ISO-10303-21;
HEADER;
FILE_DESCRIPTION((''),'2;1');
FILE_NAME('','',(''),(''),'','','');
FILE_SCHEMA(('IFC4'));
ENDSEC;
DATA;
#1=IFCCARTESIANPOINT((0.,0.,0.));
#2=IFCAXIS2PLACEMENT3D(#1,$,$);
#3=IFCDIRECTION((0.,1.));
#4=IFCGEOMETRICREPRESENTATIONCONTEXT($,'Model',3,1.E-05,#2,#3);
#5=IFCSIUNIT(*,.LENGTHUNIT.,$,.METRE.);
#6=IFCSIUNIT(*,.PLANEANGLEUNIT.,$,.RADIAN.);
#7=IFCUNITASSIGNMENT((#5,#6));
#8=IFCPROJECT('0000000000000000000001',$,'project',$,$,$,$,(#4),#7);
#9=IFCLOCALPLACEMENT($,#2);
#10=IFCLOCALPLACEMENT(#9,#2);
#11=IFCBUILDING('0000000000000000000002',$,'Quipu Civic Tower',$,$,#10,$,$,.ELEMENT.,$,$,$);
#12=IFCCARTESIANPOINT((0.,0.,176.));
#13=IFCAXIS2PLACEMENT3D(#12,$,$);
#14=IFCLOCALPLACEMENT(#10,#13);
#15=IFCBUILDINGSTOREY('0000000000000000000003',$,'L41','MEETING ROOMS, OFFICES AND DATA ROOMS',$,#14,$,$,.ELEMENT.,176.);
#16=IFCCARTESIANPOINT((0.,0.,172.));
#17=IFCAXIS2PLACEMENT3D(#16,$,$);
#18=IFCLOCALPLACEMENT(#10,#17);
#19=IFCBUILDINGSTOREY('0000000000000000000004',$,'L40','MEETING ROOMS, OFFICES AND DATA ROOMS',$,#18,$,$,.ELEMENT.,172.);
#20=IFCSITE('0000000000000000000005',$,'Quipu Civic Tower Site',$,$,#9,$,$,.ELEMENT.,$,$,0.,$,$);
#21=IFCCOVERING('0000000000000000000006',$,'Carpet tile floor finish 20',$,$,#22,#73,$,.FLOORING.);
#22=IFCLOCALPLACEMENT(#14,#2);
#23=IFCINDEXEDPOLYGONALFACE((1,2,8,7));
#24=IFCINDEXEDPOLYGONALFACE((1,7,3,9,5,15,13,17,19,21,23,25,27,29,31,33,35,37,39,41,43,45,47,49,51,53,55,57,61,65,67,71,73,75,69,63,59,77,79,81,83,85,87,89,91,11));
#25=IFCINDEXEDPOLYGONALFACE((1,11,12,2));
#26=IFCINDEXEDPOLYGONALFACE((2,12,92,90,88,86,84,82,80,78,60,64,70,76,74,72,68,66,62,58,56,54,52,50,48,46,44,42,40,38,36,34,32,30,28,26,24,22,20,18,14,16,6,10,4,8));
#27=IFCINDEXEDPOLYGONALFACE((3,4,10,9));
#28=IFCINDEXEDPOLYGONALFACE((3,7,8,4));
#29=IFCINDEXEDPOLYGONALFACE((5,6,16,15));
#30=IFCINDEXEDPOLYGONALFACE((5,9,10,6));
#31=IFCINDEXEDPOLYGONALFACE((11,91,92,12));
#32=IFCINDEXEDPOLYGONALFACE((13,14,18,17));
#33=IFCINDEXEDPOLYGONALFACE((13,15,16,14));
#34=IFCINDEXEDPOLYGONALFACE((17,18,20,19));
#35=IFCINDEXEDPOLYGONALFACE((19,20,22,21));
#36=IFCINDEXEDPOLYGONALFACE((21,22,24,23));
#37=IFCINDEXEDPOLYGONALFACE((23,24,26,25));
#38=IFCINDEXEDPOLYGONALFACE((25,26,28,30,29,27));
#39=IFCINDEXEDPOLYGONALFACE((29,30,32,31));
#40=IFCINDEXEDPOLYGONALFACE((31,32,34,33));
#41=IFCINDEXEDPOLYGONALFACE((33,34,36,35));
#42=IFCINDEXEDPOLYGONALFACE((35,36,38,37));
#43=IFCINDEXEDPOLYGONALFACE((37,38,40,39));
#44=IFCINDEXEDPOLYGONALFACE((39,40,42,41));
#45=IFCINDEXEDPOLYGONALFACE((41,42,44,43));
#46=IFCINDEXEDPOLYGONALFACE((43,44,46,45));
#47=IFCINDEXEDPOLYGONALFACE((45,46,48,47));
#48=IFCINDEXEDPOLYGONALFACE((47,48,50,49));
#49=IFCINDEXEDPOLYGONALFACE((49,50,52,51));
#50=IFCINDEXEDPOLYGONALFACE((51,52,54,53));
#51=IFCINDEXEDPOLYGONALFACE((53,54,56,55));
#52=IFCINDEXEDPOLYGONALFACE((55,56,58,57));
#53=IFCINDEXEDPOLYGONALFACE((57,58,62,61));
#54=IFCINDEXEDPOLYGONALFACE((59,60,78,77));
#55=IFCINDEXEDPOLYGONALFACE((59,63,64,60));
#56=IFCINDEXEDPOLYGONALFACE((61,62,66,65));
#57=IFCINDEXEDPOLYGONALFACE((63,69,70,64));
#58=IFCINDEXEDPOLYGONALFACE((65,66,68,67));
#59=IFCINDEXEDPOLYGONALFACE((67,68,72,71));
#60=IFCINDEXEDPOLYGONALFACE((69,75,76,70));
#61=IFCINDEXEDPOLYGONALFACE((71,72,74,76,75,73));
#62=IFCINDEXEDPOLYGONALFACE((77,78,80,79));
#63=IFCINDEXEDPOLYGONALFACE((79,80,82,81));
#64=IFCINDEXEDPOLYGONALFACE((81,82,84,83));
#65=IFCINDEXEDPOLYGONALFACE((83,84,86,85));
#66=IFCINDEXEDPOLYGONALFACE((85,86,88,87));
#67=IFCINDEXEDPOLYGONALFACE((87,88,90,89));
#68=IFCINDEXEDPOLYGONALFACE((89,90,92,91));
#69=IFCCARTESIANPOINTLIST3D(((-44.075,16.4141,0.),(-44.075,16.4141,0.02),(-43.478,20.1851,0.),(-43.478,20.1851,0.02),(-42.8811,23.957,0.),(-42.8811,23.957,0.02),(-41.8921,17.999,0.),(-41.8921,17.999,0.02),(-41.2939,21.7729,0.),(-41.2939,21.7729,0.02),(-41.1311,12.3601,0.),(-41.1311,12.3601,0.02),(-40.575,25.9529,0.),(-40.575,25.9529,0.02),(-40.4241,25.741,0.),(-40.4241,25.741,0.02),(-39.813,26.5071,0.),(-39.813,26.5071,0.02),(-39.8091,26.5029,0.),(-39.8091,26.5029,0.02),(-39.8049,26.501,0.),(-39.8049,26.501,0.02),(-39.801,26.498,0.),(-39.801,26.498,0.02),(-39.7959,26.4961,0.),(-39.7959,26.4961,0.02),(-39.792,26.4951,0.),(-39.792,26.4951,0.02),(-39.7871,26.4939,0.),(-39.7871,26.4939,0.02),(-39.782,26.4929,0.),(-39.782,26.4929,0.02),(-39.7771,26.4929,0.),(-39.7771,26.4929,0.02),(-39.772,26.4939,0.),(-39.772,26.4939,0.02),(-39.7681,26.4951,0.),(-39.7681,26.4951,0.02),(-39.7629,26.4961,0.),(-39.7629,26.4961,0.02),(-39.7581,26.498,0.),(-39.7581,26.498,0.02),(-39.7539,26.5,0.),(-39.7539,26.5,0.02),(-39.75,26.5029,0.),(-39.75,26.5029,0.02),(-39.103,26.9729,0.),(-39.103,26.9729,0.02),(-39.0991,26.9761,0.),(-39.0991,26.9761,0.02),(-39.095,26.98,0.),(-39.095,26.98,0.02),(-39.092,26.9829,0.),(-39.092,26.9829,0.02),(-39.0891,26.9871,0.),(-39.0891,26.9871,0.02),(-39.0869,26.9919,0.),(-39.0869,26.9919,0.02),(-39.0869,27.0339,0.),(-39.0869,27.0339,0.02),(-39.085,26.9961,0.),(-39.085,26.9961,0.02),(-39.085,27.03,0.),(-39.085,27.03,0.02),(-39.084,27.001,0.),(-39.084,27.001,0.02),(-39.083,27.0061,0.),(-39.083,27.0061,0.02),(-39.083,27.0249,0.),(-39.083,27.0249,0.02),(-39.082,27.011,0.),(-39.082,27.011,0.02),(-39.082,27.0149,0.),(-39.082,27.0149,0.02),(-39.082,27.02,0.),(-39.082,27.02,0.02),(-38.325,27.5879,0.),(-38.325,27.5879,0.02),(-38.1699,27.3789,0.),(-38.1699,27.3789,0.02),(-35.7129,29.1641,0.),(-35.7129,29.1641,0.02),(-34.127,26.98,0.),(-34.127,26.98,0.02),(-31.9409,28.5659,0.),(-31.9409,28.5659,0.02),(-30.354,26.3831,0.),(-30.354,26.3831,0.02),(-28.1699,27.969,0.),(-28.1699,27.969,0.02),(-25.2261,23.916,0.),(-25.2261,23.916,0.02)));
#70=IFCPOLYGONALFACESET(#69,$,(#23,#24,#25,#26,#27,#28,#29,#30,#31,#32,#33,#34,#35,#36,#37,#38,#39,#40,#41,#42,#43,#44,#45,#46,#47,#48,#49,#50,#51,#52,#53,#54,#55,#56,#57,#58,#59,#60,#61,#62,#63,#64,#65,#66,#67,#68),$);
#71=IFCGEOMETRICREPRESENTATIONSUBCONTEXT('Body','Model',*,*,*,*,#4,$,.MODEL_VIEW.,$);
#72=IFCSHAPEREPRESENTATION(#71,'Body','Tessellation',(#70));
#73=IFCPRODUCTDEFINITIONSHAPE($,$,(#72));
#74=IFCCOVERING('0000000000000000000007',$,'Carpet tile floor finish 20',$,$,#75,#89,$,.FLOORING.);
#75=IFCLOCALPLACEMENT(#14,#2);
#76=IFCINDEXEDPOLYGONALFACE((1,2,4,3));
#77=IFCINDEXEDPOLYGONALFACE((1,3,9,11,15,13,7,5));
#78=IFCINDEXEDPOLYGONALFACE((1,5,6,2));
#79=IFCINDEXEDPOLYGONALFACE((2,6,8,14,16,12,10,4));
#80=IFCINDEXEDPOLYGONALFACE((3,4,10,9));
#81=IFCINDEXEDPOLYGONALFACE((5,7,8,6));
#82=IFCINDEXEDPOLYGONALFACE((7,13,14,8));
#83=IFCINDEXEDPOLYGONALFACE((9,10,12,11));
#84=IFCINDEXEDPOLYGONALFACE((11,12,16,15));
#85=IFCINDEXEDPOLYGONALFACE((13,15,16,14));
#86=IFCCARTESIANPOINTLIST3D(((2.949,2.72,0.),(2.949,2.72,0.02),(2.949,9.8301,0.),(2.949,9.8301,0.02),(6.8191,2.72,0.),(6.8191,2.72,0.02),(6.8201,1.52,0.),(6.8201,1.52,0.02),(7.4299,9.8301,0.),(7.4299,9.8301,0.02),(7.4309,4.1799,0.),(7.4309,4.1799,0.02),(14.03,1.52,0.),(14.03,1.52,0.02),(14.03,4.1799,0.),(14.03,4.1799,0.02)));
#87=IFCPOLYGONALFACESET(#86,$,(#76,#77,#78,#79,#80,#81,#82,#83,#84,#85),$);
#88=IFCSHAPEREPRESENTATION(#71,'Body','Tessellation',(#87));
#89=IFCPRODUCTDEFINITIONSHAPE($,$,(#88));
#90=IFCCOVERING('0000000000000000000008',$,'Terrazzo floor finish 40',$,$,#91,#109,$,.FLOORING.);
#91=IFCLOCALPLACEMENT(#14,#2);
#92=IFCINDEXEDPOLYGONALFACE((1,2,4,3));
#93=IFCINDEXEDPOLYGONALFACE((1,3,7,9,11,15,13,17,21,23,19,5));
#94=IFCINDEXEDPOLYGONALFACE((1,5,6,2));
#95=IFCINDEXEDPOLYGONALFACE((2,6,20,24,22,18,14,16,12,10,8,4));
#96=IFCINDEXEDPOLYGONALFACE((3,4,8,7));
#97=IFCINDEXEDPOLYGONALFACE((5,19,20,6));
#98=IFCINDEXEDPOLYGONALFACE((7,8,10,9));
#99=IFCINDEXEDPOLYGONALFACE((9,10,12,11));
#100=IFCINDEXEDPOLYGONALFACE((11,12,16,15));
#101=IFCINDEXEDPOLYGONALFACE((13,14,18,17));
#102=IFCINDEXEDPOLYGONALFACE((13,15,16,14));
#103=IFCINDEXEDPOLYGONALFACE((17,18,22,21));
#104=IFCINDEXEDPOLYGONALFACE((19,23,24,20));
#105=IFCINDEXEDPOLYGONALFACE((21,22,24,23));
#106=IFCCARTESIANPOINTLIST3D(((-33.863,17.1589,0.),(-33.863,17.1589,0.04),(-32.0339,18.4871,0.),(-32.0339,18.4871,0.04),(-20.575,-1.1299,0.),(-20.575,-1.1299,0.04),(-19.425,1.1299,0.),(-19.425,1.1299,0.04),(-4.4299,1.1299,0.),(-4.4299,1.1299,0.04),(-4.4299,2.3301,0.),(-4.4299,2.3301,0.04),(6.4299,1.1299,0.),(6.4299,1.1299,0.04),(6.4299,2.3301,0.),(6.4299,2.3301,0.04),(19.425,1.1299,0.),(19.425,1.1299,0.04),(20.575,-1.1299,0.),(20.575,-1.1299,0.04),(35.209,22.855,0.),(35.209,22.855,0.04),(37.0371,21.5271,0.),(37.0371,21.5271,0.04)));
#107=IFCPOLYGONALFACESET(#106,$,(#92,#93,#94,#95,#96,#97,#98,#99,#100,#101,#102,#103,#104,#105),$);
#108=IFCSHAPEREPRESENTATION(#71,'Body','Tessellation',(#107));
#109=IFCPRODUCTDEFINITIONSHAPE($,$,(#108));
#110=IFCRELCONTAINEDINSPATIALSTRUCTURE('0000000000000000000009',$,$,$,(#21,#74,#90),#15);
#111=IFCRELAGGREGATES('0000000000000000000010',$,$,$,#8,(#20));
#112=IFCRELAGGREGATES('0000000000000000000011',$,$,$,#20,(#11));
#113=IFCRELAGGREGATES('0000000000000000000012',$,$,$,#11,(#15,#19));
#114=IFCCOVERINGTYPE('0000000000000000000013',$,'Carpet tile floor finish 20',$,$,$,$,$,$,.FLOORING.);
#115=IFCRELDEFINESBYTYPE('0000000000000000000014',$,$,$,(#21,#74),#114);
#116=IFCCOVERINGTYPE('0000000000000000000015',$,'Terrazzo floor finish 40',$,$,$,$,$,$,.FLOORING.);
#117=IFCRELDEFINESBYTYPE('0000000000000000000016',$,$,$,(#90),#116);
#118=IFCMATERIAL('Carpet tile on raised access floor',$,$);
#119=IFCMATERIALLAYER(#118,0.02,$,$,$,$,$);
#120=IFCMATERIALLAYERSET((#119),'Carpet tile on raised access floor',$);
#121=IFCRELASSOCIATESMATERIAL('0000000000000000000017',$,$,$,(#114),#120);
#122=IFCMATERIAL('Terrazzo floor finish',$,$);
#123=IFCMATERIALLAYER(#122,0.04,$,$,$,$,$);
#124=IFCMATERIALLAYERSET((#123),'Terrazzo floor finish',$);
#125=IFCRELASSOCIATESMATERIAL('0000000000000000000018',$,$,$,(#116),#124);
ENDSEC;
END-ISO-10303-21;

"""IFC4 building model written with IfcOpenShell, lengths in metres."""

from ifc_helpers import new_model, si_unit, direction, frame, origin, place, context, subcontext, project, spatial, polyline, outline, extrude, material, layer, layer_set, type_object, element, save


model = new_model("IFC4")

# Units and contexts
model_context = context("Model", 3, precision=1e-05, world=origin(), true_north=direction((0.0, 1.0)))
body_context = subcontext(model_context, "Body", "Model", "MODEL_VIEW")
ifc_project = project(units=[si_unit("LENGTHUNIT", "METRE"), si_unit("PLANEANGLEUNIT", "RADIAN")], contexts=[model_context])

# Site, building, storey
site_placement = place(None, origin())
site = spatial("IfcSite", under=ifc_project, at=site_placement, Name="Quipu Civic Tower Site", CompositionType="ELEMENT", RefElevation=0.0)
building_placement = place(site_placement, origin())
building = spatial("IfcBuilding", under=site, at=building_placement, Name="Quipu Civic Tower", CompositionType="ELEMENT")
storey_1_placement = place(building_placement, frame((0.0, 0.0, 176.0)))
storey_1 = spatial("IfcBuildingStorey", under=building, at=storey_1_placement, Name="L41", Description="MEETING ROOMS, OFFICES AND DATA ROOMS", CompositionType="ELEMENT", Elevation=176.0)

# Shared definitions
storey_2_placement = place(building_placement, frame((0.0, 0.0, 172.0)))
storey_2 = spatial("IfcBuildingStorey", under=building, at=storey_2_placement, Name="L40", Description="MEETING ROOMS, OFFICES AND DATA ROOMS", CompositionType="ELEMENT", Elevation=172.0)

# Coverings
ifc_material_1 = material(Name="Carpet tile on raised access floor")
ifc_layer_1 = layer(ifc_material_1, 0.02)
ifc_layer_set_1 = layer_set([ifc_layer_1], Name="Carpet tile on raised access floor")
covering_type_1 = type_object("IfcCoveringType", Name="Carpet tile floor finish 20", PredefinedType="FLOORING", material=ifc_layer_set_1)
covering_1_placement = place(storey_1_placement, origin())
element("IfcCovering", 1, at=covering_1_placement, inside=storey_1, type_object=covering_type_1, Name="Carpet tile floor finish 20", PredefinedType="FLOORING", context=body_context, shape_type="SweptSolid", body=[
    extrude(outline(polyline([(-44.075, 16.4141), (-41.8921, 17.999), (-43.478, 20.1851), (-41.2939, 21.7729), (-42.8811, 23.957), (-40.4241, 25.741), (-40.575, 25.9529), (-39.813, 26.5071), (-39.8091, 26.5029), (-39.8049, 26.501), (-39.801, 26.498), (-39.7959, 26.4961), (-39.792, 26.4951), (-39.7871, 26.4939), (-39.782, 26.4929), (-39.7771, 26.4929), (-39.772, 26.4939), (-39.7681, 26.4951), (-39.7629, 26.4961), (-39.7581, 26.498), (-39.7539, 26.5), (-39.75, 26.5029), (-39.103, 26.9729), (-39.0991, 26.9761), (-39.095, 26.98), (-39.092, 26.9829), (-39.0891, 26.9871), (-39.0869, 26.9919), (-39.085, 26.9961), (-39.084, 27.001), (-39.083, 27.0061), (-39.082, 27.011), (-39.082, 27.0149), (-39.082, 27.02), (-39.083, 27.0249), (-39.085, 27.03), (-39.0869, 27.0339), (-38.325, 27.5879), (-38.1699, 27.3789), (-35.7129, 29.1641), (-34.127, 26.98), (-31.9409, 28.5659), (-30.354, 26.3831), (-28.1699, 27.969), (-25.2261, 23.916), (-41.1311, 12.3601), (-44.075, 16.4141)])), origin(), (0.0, 0.0, 1.0), 0.02),
])
covering_2_placement = place(storey_1_placement, origin())
element("IfcCovering", 2, at=covering_2_placement, inside=storey_1, type_object=covering_type_1, Name="Carpet tile floor finish 20", PredefinedType="FLOORING", context=body_context, shape_type="SweptSolid", body=[
    extrude(outline(polyline([(2.949, 2.72), (2.949, 9.8301), (7.4299, 9.8301), (7.4309, 4.1799), (14.03, 4.1799), (14.03, 1.52), (6.8201, 1.52), (6.8191, 2.72), (2.949, 2.72)])), origin(), (0.0, 0.0, 1.0), 0.02),
])
ifc_material_2 = material(Name="Terrazzo floor finish")
ifc_layer_2 = layer(ifc_material_2, 0.04)
ifc_layer_set_2 = layer_set([ifc_layer_2], Name="Terrazzo floor finish")
covering_type_2 = type_object("IfcCoveringType", Name="Terrazzo floor finish 40", PredefinedType="FLOORING", material=ifc_layer_set_2)
covering_3_placement = place(storey_1_placement, origin())
element("IfcCovering", 3, at=covering_3_placement, inside=storey_1, type_object=covering_type_2, Name="Terrazzo floor finish 40", PredefinedType="FLOORING", context=body_context, shape_type="SweptSolid", body=[
    extrude(outline(polyline([(19.425, 1.1299), (35.209, 22.855), (37.0371, 21.5271), (20.575, -1.1299), (-20.575, -1.1299), (-33.863, 17.1589), (-32.0339, 18.4871), (-19.425, 1.1299), (-4.4299, 1.1299), (-4.4299, 2.3301), (6.4299, 2.3301), (6.4299, 1.1299), (19.425, 1.1299)])), origin(), (0.0, 0.0, 1.0), 0.04),
])

save(model, "model.ifc")
